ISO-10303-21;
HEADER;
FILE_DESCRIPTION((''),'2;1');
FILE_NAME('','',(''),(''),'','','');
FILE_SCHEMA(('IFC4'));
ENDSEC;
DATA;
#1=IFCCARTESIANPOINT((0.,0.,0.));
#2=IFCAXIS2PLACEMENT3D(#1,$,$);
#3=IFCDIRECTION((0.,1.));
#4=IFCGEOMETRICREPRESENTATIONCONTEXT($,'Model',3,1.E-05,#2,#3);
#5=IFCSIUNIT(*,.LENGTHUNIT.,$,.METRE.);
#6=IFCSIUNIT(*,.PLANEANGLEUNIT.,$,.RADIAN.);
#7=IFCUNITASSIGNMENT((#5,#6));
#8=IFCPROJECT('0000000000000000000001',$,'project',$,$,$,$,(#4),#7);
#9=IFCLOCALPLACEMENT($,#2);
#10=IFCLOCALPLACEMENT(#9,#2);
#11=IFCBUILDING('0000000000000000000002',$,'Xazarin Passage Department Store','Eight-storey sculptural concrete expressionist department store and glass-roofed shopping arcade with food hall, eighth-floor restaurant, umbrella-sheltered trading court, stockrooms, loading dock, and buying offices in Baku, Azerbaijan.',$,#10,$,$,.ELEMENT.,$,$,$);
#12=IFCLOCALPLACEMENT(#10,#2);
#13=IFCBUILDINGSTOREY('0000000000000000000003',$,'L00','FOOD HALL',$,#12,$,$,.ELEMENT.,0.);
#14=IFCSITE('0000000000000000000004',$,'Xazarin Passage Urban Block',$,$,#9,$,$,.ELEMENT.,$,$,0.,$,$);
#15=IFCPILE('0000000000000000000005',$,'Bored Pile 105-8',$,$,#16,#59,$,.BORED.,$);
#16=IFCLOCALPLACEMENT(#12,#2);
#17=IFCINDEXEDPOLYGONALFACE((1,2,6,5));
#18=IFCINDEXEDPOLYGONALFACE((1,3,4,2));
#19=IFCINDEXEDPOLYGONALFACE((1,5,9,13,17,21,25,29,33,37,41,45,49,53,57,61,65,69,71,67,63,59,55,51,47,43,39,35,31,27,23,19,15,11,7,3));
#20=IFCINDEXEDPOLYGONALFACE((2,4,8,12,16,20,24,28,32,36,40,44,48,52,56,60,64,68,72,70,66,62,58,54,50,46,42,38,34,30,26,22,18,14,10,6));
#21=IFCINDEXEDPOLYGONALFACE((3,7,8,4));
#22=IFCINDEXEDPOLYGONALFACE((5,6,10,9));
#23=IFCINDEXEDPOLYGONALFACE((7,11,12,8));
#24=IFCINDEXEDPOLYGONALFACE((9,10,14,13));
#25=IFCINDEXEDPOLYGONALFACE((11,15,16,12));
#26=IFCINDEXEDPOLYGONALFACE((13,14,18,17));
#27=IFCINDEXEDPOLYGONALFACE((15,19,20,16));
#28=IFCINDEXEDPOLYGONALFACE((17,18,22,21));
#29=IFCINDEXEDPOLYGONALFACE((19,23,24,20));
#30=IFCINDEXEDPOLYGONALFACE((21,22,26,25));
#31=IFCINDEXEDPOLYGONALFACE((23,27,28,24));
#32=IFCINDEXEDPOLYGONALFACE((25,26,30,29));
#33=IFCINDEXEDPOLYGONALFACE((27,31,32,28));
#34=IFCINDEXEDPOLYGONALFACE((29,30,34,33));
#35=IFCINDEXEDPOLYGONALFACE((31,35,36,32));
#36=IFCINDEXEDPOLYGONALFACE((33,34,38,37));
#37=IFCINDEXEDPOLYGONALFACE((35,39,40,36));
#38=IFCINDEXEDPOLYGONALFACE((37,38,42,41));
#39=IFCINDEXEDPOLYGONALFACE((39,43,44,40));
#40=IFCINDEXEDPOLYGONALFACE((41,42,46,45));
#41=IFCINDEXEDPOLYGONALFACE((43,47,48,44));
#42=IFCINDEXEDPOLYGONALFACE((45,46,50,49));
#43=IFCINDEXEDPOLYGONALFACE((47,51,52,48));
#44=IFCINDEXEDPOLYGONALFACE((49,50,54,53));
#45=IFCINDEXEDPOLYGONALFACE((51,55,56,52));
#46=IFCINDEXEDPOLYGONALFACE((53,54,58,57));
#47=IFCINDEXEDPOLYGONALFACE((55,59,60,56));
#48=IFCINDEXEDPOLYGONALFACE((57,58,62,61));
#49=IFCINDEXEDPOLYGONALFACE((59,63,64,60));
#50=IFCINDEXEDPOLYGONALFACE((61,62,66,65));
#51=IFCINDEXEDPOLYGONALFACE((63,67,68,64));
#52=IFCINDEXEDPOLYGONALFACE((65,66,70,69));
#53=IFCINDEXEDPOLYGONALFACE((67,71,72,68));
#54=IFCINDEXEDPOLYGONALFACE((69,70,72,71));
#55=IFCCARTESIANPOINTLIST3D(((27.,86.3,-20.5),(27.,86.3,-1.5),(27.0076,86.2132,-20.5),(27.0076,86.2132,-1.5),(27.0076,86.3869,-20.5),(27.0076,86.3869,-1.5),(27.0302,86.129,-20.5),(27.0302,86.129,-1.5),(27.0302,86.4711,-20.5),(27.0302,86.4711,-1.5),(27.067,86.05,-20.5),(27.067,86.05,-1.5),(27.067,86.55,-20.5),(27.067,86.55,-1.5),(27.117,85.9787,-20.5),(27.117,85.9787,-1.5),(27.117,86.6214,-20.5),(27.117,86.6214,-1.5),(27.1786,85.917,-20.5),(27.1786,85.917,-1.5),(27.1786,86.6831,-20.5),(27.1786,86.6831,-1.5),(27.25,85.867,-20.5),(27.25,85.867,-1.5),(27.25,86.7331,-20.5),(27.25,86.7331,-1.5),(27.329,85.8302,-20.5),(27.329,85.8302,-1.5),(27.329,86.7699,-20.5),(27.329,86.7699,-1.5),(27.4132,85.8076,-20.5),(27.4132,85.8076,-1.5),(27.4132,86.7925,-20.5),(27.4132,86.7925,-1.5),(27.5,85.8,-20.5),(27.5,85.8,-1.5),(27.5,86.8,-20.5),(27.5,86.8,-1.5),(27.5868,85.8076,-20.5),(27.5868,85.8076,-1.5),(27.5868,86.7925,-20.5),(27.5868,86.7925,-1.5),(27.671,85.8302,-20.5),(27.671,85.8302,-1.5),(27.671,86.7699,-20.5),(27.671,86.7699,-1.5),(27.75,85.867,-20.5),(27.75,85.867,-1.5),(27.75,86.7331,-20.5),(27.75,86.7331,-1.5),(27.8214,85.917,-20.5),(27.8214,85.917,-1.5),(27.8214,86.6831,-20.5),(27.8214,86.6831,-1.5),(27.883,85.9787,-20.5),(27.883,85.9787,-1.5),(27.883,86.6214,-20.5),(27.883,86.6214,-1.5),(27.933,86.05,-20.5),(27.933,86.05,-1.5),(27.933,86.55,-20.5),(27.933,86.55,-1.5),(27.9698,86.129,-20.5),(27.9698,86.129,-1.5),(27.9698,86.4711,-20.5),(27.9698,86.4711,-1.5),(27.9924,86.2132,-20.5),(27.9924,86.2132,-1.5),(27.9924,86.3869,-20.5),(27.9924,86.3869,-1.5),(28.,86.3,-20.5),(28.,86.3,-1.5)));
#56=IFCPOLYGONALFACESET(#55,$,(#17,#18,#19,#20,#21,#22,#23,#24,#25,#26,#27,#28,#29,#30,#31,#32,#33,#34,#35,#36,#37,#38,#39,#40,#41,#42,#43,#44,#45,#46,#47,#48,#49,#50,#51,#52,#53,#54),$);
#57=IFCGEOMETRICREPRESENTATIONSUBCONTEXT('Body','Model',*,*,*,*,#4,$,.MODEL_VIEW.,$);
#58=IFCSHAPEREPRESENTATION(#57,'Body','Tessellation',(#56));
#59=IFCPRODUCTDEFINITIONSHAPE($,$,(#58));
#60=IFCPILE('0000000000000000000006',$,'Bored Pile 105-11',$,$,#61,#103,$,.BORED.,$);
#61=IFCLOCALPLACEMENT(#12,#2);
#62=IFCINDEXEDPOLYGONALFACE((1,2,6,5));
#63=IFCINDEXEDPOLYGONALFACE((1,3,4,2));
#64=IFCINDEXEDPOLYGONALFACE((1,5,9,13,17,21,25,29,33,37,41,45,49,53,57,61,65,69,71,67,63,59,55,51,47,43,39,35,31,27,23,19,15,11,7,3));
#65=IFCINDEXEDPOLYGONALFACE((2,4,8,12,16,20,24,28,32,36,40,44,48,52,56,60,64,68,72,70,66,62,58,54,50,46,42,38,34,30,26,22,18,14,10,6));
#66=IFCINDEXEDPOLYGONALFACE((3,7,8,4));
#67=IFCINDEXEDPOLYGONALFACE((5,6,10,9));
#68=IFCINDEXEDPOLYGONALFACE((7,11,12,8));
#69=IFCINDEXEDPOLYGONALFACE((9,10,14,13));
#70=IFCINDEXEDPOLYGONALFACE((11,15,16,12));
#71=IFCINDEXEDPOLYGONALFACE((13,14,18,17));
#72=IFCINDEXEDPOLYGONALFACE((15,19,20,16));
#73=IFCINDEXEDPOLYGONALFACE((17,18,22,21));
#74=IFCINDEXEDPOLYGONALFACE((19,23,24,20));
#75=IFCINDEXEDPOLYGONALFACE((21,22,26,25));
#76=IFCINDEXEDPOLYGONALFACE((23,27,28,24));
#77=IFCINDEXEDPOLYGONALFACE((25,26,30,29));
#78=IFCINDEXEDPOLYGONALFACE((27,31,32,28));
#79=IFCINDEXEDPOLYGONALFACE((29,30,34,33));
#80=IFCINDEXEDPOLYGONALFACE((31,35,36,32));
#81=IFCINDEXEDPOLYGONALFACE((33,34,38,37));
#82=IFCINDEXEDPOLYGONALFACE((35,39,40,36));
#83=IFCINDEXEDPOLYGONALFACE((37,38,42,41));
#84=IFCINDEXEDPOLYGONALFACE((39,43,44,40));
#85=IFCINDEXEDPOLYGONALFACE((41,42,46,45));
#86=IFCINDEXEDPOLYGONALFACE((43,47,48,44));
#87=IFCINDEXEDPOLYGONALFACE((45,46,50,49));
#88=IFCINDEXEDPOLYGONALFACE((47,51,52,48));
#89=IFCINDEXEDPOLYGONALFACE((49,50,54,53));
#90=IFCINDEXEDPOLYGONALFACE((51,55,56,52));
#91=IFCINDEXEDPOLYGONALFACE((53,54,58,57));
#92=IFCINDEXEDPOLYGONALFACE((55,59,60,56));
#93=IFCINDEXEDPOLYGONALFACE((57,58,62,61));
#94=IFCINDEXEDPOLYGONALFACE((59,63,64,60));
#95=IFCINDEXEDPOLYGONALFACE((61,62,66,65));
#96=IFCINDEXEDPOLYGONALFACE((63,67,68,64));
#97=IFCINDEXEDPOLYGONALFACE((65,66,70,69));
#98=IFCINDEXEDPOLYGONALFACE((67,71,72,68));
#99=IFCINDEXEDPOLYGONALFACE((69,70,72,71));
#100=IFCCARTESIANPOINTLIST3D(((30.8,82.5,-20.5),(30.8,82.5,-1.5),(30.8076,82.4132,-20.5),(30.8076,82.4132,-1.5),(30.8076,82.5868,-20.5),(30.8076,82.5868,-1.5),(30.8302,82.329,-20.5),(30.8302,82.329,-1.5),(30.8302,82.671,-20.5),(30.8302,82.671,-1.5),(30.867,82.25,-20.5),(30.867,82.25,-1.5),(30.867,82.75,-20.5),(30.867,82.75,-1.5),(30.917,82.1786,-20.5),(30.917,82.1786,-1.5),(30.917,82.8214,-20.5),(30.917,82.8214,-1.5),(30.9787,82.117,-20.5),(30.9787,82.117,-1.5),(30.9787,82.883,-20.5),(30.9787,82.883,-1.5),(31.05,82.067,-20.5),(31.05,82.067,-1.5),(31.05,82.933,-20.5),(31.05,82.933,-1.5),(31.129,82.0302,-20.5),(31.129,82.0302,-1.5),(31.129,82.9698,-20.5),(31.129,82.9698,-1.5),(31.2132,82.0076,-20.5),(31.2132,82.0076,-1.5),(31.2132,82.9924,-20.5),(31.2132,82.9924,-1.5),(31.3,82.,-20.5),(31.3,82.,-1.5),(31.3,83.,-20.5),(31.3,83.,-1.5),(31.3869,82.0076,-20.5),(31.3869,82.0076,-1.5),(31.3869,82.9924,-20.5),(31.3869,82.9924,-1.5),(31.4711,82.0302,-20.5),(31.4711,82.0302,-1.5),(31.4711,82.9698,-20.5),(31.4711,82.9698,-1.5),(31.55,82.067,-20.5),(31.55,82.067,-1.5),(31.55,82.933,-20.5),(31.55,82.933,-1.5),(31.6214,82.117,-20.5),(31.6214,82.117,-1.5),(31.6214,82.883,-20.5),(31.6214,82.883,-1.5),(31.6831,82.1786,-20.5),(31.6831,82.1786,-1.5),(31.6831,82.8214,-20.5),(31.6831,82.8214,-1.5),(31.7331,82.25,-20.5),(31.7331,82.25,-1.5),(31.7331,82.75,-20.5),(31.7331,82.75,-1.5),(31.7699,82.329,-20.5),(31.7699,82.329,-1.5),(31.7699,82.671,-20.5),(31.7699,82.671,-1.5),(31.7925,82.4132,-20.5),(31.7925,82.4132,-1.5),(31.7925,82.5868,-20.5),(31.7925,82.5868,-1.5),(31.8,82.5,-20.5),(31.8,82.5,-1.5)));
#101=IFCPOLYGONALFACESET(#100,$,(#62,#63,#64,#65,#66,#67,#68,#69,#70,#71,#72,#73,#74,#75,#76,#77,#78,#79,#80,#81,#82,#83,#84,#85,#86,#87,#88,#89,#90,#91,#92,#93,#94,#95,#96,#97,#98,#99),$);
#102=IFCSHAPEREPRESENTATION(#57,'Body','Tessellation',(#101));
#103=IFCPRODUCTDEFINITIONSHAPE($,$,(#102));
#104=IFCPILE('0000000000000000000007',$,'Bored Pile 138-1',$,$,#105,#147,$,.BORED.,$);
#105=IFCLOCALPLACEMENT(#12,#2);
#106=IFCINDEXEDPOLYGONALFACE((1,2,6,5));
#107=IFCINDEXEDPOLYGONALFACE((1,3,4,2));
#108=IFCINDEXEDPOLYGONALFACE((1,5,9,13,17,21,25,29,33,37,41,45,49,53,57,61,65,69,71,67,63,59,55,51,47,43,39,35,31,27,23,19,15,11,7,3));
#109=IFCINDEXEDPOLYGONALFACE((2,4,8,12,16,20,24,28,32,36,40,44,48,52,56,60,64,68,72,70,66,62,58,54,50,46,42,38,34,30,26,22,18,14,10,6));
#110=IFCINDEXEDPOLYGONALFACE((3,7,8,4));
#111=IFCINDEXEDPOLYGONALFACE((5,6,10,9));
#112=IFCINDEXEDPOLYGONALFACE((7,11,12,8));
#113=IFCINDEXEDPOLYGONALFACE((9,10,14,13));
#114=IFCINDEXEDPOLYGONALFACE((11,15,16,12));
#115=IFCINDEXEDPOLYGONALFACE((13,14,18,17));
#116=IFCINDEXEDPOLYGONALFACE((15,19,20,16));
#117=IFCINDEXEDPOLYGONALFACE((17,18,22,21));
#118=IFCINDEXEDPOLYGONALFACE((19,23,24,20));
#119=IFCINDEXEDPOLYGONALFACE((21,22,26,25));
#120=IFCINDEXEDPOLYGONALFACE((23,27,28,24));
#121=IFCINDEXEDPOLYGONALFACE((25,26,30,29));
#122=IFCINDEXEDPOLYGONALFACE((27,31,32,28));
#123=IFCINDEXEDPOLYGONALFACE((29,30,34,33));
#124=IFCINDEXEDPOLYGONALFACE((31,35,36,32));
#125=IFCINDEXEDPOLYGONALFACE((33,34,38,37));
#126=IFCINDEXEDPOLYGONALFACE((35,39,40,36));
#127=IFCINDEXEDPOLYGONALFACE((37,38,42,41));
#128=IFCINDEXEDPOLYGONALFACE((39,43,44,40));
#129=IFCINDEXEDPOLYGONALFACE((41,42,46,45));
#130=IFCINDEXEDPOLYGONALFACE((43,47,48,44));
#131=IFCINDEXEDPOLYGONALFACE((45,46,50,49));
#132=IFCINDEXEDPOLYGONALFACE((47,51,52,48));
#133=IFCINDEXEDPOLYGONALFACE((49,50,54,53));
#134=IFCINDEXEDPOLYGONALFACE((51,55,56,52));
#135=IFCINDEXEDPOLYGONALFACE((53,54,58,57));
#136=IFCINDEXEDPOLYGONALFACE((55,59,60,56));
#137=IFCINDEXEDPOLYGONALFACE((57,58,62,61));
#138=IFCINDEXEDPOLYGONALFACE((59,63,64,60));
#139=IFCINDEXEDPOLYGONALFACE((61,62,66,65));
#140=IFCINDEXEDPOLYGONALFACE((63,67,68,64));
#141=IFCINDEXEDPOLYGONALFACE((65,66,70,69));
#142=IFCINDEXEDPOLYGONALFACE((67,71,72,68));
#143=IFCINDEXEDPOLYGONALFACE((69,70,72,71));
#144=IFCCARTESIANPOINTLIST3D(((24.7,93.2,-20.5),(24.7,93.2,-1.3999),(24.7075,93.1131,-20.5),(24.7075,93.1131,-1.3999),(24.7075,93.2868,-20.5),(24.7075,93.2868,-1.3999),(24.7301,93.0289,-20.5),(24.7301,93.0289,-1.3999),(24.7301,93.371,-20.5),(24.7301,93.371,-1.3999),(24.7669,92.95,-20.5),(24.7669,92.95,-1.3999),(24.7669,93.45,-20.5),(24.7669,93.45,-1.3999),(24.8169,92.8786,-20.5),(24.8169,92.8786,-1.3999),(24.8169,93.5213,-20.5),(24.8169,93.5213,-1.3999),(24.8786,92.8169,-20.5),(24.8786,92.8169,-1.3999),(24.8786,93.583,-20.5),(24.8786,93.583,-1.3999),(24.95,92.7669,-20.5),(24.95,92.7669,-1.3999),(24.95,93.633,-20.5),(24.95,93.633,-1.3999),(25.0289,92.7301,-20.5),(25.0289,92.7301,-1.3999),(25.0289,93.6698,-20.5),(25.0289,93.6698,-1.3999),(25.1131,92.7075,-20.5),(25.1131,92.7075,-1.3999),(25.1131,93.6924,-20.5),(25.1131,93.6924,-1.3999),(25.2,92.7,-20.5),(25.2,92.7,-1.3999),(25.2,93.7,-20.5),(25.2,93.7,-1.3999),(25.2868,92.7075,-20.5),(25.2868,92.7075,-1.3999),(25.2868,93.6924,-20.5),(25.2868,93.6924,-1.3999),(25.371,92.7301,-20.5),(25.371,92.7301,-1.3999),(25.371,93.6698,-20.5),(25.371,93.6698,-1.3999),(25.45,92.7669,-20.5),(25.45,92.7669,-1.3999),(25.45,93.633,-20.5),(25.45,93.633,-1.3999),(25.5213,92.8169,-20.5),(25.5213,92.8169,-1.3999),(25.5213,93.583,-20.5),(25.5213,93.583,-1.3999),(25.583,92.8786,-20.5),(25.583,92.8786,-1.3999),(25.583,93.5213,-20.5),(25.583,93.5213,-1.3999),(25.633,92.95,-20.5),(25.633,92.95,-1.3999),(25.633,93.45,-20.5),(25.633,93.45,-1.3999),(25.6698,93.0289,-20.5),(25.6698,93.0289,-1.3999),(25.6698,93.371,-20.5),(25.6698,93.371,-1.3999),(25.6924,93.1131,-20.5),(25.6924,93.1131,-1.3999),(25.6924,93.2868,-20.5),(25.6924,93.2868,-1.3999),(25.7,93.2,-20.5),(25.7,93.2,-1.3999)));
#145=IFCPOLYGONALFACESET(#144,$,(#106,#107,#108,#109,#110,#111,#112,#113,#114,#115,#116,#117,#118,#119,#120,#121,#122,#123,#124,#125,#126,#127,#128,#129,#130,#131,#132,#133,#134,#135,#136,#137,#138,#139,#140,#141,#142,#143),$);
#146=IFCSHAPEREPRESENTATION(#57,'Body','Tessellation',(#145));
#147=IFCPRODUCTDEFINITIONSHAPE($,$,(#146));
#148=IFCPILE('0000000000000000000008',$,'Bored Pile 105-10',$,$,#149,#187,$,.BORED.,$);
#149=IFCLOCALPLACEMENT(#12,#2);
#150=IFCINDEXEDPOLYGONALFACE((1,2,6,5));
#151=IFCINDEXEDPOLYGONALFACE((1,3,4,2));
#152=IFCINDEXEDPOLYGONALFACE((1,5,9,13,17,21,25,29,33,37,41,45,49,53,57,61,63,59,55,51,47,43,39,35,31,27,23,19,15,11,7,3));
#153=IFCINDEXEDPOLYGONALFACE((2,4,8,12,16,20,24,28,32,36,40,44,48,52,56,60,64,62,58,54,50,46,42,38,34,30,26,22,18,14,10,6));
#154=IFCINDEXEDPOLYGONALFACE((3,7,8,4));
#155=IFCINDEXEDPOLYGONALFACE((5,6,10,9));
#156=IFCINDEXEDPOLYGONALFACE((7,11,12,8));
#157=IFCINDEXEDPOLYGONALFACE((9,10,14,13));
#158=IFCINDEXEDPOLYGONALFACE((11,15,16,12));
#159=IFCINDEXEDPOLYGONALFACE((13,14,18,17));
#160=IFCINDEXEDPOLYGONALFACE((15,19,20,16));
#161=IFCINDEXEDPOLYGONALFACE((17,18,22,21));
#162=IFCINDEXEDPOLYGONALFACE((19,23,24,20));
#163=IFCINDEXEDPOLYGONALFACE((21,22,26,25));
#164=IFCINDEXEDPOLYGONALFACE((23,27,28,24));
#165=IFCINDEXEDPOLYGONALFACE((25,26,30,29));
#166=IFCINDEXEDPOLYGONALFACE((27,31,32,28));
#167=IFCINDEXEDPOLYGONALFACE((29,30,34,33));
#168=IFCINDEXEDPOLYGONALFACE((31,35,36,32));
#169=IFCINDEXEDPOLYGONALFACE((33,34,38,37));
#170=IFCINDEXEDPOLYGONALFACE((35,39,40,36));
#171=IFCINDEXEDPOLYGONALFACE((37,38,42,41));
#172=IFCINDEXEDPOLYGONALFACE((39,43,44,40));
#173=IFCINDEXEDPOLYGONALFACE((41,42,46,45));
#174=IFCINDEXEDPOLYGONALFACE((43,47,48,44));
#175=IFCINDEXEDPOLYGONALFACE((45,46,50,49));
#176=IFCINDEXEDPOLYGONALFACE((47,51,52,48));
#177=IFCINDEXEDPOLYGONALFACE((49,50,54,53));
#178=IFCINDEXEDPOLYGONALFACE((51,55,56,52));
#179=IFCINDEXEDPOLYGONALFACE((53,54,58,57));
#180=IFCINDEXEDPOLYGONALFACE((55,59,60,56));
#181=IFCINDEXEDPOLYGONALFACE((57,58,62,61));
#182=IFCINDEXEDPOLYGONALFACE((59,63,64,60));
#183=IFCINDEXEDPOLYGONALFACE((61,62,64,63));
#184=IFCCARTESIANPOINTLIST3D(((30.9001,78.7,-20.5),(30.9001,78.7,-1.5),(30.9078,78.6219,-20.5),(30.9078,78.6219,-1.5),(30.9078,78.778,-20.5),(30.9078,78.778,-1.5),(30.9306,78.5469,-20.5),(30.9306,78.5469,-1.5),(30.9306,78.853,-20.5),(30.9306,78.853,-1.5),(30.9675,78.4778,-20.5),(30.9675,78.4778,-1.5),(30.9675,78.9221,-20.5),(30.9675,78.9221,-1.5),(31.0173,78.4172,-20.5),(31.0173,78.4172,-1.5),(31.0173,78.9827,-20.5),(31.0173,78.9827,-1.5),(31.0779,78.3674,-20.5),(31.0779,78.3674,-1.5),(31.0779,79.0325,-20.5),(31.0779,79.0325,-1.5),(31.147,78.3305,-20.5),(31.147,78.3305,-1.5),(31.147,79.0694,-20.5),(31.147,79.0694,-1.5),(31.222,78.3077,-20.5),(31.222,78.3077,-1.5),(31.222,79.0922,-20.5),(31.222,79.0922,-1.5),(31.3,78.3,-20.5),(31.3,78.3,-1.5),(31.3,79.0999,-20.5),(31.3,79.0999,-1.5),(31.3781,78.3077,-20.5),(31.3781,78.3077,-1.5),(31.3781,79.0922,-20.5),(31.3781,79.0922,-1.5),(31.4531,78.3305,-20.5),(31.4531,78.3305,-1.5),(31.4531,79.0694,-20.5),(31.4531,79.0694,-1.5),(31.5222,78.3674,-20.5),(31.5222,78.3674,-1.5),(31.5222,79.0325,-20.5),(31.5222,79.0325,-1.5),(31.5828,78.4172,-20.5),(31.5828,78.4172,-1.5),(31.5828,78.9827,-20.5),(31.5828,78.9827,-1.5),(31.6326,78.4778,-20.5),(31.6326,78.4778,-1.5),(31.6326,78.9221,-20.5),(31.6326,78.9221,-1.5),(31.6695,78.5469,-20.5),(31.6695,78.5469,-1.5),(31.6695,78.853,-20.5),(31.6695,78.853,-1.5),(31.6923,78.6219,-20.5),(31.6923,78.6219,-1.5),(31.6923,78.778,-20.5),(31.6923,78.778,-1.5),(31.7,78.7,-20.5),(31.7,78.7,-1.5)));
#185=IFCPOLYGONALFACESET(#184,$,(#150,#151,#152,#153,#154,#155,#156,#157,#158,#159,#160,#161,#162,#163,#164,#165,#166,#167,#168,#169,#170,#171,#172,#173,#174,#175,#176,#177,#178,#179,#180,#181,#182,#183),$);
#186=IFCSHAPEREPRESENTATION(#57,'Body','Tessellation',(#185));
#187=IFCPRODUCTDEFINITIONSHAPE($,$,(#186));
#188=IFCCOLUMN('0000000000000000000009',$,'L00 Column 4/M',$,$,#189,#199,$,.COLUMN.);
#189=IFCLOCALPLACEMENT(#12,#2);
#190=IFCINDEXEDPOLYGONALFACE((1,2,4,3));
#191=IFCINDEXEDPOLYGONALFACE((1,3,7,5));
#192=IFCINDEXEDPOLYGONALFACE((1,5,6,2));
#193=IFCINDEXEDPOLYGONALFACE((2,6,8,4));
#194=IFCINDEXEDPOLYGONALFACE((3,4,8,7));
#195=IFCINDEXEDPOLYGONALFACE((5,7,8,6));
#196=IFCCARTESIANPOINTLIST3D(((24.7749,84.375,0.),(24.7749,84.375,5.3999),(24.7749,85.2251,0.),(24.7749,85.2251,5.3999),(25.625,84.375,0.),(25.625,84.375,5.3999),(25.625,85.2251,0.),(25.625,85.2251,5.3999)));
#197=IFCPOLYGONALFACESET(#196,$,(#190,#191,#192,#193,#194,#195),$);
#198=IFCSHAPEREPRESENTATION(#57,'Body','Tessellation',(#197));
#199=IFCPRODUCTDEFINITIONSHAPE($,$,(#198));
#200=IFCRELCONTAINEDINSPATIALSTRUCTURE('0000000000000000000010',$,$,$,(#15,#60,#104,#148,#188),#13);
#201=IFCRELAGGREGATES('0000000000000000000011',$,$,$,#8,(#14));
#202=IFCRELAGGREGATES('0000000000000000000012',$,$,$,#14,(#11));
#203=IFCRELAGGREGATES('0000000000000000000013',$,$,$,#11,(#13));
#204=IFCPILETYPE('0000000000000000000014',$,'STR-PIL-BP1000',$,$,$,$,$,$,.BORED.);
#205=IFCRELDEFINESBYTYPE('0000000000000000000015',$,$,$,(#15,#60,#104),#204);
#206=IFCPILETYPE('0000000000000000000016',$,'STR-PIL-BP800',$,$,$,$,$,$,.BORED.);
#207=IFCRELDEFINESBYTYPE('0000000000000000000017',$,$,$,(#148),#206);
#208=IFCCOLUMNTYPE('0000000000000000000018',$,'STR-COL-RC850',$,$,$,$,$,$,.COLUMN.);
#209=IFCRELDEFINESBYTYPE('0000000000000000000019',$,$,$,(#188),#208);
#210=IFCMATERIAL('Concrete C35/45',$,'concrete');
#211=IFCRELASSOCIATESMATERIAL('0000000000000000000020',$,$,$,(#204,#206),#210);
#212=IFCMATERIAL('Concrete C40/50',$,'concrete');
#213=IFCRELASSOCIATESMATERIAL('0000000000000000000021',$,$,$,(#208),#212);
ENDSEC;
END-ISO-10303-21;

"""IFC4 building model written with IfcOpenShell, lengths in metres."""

from ifc_helpers import new_model, si_unit, direction, frame, origin, origin_2d, place, context, subcontext, project, spatial, rectangle, circle, extrude, material, material_profile, profile_set, type_object, element, save


model = new_model("IFC4")

# Units and contexts
model_context = context("Model", 3, precision=1e-05, world=origin(), true_north=direction((0.0, 1.0)))
body_context = subcontext(model_context, "Body", "Model", "MODEL_VIEW")
ifc_project = project(units=[si_unit("LENGTHUNIT", "METRE"), si_unit("PLANEANGLEUNIT", "RADIAN")], contexts=[model_context])

# Site, building, storey
site_placement = place(None, origin())
site = spatial("IfcSite", under=ifc_project, at=site_placement, Name="Xazarin Passage Urban Block", CompositionType="ELEMENT", RefElevation=0.0)
building_placement = place(site_placement, origin())
building = spatial("IfcBuilding", under=site, at=building_placement, Name="Xazarin Passage Department Store", Description="Eight-storey sculptural concrete expressionist department store and glass-roofed shopping arcade with food hall, eighth-floor restaurant, umbrella-sheltered trading court, stockrooms, loading dock, and buying offices in Baku, Azerbaijan.", CompositionType="ELEMENT")
storey_placement = place(building_placement, origin())
storey = spatial("IfcBuildingStorey", under=building, at=storey_placement, Name="L00", Description="FOOD HALL", CompositionType="ELEMENT", Elevation=0.0)

# Shared definitions
ifc_material_1 = material(Name="Concrete C35/45", Category="concrete")

# Piles
ifc_material_profile_1 = material_profile(ifc_material_1, circle(Radius=0.5, at=origin_2d()), Name="BP 1000")
ifc_profile_set_1 = profile_set([ifc_material_profile_1], Name="Concrete C35/45")
pile_type_1 = type_object("IfcPileType", Name="STR-PIL-BP1000", PredefinedType="BORED", material=ifc_profile_set_1)
for number, where, z_axis, x_axis, name in (
    (1, (27.5, 86.3, -1.5), (0.0, 0.0, -1.0), (1.0, 0.0, 0.0), "Bored Pile 105-8"),
    (2, (31.3, 82.5, -1.5), (0.0, 0.0, -1.0), (1.0, 0.0, 0.0), "Bored Pile 105-11"),
):
    element("IfcPile", number, at=place(storey_placement, frame(where, z_axis=z_axis, x_axis=x_axis)), inside=storey, type_object=pile_type_1, Name=name, PredefinedType="BORED", context=body_context, shape_type="SweptSolid", body=[
        extrude(circle(Radius=0.5, at=origin_2d()), origin(), (0.0, 0.0, 1.0), 19.0),
    ])
pile_1_placement = place(storey_placement, frame((25.2, 93.2, -1.3999), z_axis=(0.0, 0.0, -1.0), x_axis=(1.0, 0.0, 0.0)))
element("IfcPile", 3, at=pile_1_placement, inside=storey, type_object=pile_type_1, Name="Bored Pile 138-1", PredefinedType="BORED", context=body_context, shape_type="SweptSolid", body=[
    extrude(circle(Radius=0.5, at=origin_2d()), origin(), (0.0, 0.0, 1.0), 19.1001),
])
ifc_material_profile_2 = material_profile(ifc_material_1, circle(Radius=0.3999, at=origin_2d()), Name="BP 800")
ifc_profile_set_2 = profile_set([ifc_material_profile_2], Name="Concrete C35/45")
pile_type_2 = type_object("IfcPileType", Name="STR-PIL-BP800", PredefinedType="BORED", material=ifc_profile_set_2)
pile_2_placement = place(storey_placement, frame((31.3, 78.7, -1.5), z_axis=(0.0, 0.0, -1.0), x_axis=(1.0, 0.0, 0.0)))
element("IfcPile", 4, at=pile_2_placement, inside=storey, type_object=pile_type_2, Name="Bored Pile 105-10", PredefinedType="BORED", context=body_context, shape_type="SweptSolid", body=[
    extrude(circle(Radius=0.3999, at=origin_2d()), origin(), (0.0, 0.0, 1.0), 19.0),
])

# Column
ifc_material_2 = material(Name="Concrete C40/50", Category="concrete")
ifc_material_profile_3 = material_profile(ifc_material_2, rectangle(XDim=0.8501, YDim=0.8501, at=origin_2d()), Name="RC 850x850")
ifc_profile_set_3 = profile_set([ifc_material_profile_3], Name="Concrete C40/50")
column_type = type_object("IfcColumnType", Name="STR-COL-RC850", PredefinedType="COLUMN", material=ifc_profile_set_3)
for number, where, z_axis, x_axis, name in (
    (5, (25.2, 84.8, 0.0), (0.0, 0.0, 1.0), (1.0, 0.0, 0.0), "L00 Column 4/M"),
):
    element("IfcColumn", number, at=place(storey_placement, frame(where, z_axis=z_axis, x_axis=x_axis)), inside=storey, type_object=column_type, Name=name, PredefinedType="COLUMN", context=body_context, shape_type="SweptSolid", body=[
        extrude(rectangle(XDim=0.8501, YDim=0.8501, at=origin_2d()), origin(), (0.0, 0.0, 1.0), 5.3999),
    ])

save(model, "model.ifc")
